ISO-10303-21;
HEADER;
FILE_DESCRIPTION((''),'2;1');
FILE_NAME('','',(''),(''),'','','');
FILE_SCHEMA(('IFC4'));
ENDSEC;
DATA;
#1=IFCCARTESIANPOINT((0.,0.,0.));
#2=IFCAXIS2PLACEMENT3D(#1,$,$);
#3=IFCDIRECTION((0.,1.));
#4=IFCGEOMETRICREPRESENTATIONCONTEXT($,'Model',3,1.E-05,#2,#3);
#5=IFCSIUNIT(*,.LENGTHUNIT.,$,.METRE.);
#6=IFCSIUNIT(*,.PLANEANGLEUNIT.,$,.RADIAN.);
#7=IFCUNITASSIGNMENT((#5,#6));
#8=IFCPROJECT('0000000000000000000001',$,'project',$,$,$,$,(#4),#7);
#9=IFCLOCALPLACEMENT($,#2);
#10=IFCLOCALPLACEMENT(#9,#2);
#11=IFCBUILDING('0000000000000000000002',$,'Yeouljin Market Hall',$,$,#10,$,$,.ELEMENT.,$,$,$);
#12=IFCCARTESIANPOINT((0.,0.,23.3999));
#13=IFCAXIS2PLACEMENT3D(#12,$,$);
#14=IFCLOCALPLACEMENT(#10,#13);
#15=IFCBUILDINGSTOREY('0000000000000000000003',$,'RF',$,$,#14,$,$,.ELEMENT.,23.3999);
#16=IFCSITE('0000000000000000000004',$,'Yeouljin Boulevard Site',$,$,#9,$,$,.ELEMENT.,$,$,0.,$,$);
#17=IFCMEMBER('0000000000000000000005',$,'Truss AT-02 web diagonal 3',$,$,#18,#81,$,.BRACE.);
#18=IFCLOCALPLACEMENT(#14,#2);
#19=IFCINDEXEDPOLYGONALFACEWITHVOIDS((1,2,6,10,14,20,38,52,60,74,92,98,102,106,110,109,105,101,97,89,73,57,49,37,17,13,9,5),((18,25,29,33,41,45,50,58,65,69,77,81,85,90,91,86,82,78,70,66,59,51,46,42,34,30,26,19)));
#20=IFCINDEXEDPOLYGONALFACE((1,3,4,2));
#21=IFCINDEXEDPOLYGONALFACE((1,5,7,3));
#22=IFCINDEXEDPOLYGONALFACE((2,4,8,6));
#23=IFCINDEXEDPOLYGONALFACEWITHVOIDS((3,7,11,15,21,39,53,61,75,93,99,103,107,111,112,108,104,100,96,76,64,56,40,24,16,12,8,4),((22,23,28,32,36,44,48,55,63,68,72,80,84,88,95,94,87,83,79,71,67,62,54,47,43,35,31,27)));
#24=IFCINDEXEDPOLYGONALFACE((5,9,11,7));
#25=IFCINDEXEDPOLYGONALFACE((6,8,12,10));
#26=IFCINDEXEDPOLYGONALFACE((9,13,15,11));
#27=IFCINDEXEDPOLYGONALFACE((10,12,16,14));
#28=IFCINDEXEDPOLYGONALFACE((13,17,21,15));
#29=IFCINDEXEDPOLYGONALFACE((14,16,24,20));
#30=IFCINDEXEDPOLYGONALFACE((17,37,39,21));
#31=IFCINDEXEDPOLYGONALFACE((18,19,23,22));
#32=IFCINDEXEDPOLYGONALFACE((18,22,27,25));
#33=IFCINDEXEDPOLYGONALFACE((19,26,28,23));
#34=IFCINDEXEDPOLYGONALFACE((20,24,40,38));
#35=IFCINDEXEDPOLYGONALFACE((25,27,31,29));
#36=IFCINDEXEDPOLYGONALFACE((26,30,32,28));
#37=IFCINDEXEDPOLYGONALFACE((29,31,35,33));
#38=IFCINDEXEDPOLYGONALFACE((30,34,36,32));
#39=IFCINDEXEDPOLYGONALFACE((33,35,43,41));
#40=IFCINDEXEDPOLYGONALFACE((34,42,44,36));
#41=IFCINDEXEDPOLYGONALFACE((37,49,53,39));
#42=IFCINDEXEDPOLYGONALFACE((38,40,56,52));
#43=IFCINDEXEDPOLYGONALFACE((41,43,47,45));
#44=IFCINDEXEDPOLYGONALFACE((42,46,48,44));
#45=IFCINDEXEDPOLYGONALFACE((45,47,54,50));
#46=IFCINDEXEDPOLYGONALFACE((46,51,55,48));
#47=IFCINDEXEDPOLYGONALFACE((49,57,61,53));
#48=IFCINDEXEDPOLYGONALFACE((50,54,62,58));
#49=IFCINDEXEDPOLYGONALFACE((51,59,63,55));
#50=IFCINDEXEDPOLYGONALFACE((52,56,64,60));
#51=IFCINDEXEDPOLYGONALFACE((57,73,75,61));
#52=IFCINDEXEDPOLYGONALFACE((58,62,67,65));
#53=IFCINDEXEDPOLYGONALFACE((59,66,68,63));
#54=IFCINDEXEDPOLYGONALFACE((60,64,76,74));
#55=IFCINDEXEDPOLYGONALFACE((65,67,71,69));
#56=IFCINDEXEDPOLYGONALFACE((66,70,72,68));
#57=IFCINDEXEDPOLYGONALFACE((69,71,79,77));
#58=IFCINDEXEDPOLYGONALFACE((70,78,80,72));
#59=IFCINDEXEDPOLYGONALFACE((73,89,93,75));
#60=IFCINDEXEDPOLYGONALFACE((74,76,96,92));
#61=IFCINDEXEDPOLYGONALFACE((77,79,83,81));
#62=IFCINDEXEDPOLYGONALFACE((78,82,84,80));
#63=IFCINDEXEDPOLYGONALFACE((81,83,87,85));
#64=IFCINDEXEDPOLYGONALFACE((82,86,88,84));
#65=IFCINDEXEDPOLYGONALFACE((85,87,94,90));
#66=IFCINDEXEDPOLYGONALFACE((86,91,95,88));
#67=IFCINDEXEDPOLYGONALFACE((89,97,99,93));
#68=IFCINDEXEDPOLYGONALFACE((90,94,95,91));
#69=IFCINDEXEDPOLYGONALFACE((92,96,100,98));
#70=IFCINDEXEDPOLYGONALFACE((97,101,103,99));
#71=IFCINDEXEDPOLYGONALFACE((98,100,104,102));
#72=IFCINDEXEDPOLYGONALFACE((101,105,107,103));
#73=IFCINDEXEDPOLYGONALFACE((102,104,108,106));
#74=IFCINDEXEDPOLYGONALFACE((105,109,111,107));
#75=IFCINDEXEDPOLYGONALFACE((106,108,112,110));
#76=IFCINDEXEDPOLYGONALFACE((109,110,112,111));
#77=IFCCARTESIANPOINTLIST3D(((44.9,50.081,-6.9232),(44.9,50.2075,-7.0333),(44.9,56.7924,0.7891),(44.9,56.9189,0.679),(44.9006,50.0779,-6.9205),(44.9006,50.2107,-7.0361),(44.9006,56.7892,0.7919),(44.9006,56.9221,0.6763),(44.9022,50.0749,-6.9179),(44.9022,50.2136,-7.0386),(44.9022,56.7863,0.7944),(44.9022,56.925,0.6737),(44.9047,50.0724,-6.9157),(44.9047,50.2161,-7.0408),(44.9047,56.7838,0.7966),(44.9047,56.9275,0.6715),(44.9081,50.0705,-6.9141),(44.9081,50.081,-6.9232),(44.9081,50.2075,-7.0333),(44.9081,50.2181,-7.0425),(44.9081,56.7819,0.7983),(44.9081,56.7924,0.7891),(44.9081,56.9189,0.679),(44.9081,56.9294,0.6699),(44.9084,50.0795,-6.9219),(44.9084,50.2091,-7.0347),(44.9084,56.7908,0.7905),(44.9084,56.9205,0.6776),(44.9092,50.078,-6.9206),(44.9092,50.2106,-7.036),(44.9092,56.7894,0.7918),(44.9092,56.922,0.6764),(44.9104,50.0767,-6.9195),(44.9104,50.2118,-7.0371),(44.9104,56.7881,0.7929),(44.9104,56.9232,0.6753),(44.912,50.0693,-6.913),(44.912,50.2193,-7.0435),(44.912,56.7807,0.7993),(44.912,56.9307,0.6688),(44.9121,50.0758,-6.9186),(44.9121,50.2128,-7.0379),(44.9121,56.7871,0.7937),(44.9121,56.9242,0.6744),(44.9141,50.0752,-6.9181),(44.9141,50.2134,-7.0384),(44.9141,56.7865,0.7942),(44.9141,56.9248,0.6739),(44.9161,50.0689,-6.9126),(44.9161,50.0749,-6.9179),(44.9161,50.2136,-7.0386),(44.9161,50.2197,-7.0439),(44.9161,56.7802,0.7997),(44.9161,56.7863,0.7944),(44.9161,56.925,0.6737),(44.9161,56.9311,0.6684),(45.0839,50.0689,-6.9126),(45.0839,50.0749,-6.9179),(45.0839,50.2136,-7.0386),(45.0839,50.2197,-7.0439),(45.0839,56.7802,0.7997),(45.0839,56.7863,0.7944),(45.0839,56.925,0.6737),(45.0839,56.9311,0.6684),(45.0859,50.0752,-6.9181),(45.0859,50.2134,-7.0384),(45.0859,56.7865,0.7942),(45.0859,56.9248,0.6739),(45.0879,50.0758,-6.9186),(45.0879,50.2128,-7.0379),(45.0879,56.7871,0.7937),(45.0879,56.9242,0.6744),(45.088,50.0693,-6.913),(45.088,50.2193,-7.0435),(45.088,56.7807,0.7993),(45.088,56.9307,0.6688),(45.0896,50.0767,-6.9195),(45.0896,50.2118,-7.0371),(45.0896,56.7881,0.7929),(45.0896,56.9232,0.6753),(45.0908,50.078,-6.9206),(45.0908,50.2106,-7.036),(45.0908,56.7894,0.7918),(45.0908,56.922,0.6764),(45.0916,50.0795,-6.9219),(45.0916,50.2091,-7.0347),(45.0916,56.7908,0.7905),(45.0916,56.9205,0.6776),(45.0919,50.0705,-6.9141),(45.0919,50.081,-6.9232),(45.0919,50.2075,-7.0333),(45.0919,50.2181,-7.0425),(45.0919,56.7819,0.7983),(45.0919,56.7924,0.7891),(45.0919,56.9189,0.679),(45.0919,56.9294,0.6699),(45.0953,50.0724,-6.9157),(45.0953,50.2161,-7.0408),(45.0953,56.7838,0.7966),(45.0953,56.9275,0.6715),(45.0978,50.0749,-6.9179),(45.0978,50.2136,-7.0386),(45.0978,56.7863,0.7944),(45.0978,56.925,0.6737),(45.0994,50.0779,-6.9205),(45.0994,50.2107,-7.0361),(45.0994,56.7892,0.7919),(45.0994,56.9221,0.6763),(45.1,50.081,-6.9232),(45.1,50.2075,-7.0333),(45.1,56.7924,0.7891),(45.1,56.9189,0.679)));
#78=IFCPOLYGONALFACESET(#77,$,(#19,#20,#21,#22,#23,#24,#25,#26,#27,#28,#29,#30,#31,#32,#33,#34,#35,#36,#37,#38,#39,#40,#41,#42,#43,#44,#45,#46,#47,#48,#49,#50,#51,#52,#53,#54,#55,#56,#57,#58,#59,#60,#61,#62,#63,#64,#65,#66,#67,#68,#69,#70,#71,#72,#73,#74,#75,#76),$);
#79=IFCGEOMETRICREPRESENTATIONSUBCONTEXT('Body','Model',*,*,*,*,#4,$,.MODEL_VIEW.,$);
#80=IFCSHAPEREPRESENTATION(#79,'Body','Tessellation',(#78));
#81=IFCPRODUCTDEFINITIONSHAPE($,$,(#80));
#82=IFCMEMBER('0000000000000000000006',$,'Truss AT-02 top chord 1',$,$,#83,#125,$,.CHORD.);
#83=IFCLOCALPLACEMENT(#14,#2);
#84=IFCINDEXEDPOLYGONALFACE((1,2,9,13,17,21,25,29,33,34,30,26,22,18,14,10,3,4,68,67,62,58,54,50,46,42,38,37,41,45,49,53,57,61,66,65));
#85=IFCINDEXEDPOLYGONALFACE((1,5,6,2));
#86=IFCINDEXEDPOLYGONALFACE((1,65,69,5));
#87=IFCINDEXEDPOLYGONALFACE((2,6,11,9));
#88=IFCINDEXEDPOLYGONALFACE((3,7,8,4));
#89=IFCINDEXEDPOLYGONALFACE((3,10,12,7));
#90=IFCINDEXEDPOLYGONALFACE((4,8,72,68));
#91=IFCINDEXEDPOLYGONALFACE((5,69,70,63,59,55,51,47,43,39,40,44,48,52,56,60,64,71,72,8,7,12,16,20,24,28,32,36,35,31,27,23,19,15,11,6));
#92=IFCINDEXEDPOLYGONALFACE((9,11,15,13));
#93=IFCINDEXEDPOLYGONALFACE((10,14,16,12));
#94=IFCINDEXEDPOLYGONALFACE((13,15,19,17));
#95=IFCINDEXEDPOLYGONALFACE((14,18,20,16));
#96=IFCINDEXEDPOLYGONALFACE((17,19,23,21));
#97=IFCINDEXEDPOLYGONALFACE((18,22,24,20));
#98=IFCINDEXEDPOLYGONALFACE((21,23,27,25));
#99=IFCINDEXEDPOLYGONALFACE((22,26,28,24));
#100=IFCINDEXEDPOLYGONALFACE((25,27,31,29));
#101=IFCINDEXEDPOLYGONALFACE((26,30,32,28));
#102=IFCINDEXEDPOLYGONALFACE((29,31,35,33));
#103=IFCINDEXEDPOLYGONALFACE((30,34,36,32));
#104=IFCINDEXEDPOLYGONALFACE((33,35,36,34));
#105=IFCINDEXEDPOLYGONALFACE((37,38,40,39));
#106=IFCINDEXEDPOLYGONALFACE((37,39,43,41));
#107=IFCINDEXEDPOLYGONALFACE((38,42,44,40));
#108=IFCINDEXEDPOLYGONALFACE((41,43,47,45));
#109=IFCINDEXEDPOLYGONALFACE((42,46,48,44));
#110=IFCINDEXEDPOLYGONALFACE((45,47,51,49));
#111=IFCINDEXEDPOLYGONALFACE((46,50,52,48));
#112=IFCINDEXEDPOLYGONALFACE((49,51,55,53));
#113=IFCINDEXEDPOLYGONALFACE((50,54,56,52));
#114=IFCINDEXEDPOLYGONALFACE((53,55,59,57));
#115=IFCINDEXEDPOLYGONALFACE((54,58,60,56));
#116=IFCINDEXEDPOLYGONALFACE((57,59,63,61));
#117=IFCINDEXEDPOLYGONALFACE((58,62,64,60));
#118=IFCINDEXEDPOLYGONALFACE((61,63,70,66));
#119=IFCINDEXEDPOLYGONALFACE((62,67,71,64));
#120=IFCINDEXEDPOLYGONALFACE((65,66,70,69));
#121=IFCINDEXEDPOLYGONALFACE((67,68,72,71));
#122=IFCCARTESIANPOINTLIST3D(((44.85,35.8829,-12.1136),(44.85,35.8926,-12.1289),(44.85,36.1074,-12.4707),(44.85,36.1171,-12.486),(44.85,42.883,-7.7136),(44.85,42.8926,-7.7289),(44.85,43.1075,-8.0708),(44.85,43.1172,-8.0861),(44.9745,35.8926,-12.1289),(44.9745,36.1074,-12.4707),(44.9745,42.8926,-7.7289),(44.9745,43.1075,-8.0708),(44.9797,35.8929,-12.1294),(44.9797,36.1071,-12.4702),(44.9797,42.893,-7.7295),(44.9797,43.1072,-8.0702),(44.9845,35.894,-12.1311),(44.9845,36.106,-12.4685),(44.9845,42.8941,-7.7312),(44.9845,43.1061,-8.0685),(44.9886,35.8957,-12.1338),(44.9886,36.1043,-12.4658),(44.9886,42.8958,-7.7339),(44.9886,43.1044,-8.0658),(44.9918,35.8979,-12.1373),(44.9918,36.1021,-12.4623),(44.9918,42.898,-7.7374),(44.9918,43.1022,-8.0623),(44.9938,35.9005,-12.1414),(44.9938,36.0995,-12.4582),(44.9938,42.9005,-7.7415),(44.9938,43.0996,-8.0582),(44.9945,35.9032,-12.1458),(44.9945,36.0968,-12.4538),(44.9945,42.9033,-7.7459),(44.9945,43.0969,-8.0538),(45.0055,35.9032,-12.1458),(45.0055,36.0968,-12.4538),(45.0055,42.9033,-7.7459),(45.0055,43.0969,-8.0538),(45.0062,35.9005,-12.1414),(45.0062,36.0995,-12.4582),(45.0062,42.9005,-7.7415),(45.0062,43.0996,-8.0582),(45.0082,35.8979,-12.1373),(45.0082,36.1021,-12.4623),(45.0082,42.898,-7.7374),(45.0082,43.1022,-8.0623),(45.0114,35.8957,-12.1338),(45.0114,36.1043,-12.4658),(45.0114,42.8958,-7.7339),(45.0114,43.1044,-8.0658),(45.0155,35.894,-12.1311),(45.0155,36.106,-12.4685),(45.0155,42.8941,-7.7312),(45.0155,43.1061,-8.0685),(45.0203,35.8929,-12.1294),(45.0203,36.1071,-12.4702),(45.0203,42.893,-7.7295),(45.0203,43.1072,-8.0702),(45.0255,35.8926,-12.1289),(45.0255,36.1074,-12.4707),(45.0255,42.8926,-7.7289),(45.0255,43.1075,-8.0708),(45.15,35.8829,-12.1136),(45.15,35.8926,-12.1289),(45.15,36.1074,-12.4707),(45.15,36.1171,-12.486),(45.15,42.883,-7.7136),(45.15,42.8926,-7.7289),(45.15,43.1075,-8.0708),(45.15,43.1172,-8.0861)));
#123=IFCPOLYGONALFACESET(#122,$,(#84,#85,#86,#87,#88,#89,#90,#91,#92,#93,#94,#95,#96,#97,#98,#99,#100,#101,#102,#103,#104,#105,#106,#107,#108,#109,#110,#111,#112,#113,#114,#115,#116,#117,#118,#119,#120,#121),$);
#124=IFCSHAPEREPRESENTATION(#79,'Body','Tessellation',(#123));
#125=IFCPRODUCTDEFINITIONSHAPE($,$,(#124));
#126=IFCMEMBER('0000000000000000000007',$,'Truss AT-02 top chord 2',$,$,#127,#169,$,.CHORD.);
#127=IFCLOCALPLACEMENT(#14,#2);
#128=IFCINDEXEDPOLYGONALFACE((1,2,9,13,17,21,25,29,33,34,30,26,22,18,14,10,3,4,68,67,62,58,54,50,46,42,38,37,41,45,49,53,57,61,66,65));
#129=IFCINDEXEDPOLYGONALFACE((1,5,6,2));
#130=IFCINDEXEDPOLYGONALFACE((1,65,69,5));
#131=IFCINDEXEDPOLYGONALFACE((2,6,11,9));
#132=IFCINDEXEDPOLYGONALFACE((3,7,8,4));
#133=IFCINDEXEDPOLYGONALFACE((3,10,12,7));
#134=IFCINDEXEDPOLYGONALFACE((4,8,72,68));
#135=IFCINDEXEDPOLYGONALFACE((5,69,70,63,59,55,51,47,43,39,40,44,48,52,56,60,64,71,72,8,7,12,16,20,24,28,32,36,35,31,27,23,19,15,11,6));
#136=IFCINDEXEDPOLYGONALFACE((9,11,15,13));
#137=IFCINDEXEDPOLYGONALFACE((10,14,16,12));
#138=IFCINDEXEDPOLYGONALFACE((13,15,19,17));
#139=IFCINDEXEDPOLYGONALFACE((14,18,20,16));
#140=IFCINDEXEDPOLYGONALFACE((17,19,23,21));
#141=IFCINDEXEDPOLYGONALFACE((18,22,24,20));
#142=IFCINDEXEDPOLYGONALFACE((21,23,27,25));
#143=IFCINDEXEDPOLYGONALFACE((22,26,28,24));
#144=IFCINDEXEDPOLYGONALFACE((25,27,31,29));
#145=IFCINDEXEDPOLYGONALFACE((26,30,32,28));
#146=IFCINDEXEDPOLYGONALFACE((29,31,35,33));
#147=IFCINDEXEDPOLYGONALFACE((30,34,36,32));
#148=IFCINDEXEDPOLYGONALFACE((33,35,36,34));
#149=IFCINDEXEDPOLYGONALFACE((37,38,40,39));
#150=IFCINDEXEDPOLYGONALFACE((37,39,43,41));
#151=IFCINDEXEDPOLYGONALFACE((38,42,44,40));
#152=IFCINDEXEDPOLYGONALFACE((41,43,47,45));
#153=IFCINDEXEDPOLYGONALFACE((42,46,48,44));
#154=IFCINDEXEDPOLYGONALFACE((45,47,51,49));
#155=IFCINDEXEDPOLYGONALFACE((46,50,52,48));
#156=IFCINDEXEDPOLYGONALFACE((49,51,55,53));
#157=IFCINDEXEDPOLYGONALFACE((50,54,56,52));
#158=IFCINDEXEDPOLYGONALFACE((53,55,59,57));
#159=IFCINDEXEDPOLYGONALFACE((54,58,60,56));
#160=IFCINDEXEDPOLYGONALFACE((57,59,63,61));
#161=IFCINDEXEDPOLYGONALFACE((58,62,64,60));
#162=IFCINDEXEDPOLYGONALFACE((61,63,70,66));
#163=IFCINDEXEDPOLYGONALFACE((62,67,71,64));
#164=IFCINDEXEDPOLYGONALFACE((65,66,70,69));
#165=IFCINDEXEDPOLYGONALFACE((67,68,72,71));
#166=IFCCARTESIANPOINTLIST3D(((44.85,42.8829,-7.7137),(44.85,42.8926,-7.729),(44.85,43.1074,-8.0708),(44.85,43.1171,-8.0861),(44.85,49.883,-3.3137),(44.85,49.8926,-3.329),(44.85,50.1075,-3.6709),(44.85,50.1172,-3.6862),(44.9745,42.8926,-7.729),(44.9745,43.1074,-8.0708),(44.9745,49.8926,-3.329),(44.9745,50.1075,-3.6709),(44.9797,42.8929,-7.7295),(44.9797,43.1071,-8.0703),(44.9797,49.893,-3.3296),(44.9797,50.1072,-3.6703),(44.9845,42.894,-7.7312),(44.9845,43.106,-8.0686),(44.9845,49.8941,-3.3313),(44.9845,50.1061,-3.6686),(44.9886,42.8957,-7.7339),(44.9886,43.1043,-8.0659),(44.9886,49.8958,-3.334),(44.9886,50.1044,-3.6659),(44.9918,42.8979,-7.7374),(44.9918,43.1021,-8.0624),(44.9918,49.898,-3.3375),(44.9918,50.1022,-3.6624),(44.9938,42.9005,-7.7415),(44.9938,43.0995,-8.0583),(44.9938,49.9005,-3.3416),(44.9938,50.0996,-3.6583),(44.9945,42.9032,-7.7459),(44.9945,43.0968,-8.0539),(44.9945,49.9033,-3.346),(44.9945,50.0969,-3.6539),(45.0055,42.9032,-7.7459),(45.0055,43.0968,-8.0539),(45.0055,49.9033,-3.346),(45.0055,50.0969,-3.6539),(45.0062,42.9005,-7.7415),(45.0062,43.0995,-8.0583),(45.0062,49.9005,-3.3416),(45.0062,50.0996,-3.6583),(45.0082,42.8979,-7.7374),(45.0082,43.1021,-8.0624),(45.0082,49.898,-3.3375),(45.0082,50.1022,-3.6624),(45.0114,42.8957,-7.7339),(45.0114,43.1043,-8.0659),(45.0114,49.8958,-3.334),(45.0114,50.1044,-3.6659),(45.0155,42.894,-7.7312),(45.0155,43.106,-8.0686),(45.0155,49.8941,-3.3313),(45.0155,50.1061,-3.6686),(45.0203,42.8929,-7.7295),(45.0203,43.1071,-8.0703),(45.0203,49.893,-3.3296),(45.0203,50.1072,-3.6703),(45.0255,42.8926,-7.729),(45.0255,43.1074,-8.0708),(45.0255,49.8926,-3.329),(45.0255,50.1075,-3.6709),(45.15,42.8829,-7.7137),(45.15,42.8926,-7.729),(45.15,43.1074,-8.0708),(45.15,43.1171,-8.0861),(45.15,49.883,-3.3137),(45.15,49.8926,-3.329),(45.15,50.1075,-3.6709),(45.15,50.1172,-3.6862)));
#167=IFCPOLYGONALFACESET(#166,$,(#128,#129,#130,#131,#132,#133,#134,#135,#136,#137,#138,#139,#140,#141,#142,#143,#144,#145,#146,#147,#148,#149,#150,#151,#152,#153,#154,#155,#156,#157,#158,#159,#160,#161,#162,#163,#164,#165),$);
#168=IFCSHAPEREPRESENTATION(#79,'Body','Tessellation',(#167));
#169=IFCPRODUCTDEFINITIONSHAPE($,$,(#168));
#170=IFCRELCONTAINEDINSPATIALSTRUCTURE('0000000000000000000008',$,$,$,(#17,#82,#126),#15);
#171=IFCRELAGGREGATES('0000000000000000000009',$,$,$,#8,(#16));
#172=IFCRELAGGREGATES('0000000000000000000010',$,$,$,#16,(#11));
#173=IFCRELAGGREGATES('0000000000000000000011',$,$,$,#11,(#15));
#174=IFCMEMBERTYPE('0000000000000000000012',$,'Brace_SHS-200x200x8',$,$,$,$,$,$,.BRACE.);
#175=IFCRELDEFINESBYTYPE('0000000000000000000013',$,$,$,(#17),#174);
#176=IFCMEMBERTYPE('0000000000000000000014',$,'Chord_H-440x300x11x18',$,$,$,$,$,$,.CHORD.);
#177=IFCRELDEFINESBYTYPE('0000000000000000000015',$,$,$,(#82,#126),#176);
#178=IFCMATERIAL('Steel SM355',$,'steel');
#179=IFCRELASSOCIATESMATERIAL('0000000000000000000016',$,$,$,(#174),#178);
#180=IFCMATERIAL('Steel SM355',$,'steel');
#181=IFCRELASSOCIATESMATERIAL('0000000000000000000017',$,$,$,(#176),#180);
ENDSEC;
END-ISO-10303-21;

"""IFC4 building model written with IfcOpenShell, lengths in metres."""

from ifc_helpers import new_model, si_unit, direction, frame, origin, origin_2d, place, context, subcontext, project, spatial, hollow_rectangle, i_section, extrude, material, material_profile, profile_set, type_object, element, save


model = new_model("IFC4")

# Units and contexts
model_context = context("Model", 3, precision=1e-05, world=origin(), true_north=direction((0.0, 1.0)))
body_context = subcontext(model_context, "Body", "Model", "MODEL_VIEW")
ifc_project = project(units=[si_unit("LENGTHUNIT", "METRE"), si_unit("PLANEANGLEUNIT", "RADIAN")], contexts=[model_context])

# Site, building, storey
site_placement = place(None, origin())
site = spatial("IfcSite", under=ifc_project, at=site_placement, Name="Yeouljin Boulevard Site", CompositionType="ELEMENT", RefElevation=0.0)
building_placement = place(site_placement, origin())
building = spatial("IfcBuilding", under=site, at=building_placement, Name="Yeouljin Market Hall", CompositionType="ELEMENT")
storey_placement = place(building_placement, frame((0.0, 0.0, 23.3999)))
storey = spatial("IfcBuildingStorey", under=building, at=storey_placement, Name="RF", CompositionType="ELEMENT", Elevation=23.3999)

# Members
ifc_material_1 = material(Name="Steel SM355", Category="steel")
ifc_material_profile_1 = material_profile(ifc_material_1, hollow_rectangle(XDim=0.2, YDim=0.2, WallThickness=0.0081, InnerFilletRadius=0.0081, OuterFilletRadius=0.0161, at=origin_2d()), Name="SHS-200x200x8")
ifc_profile_set_1 = profile_set([ifc_material_profile_1], Name="Steel SM355")
member_type_1 = type_object("IfcMemberType", Name="Brace_SHS-200x200x8", PredefinedType="BRACE", material=ifc_profile_set_1)
member_1_placement = place(storey_placement, frame((45.0, 50.1443, -6.9783), z_axis=(0.0, 0.656457, 0.754364), x_axis=(-1.0, 0.0, 0.0)))
element("IfcMember", 1, at=member_1_placement, inside=storey, type_object=member_type_1, Name="Truss AT-02 web diagonal 3", PredefinedType="BRACE", context=body_context, shape_type="SweptSolid", body=[
    extrude(hollow_rectangle(XDim=0.2, YDim=0.2, WallThickness=0.0081, InnerFilletRadius=0.0081, OuterFilletRadius=0.0161, at=origin_2d()), origin(), (0.0, 0.0, 1.0), 10.2236),
])
ifc_material_2 = material(Name="Steel SM355", Category="steel")
ifc_material_profile_2 = material_profile(ifc_material_2, i_section(OverallWidth=0.3, OverallDepth=0.4399, WebThickness=0.011, FlangeThickness=0.0181, FilletRadius=0.02, at=origin_2d()), Name="H-440x300x11x18")
ifc_profile_set_2 = profile_set([ifc_material_profile_2], Name="Steel SM355")
member_type_2 = type_object("IfcMemberType", Name="Chord_H-440x300x11x18", PredefinedType="CHORD", material=ifc_profile_set_2)
for number, where, z_axis, x_axis, name in (
    (2, (45.0, 36.0, -12.2998), (0.0, 0.846642, 0.532163), (-1.0, 0.0, 0.0), "Truss AT-02 top chord 1"),
    (3, (45.0, 43.0, -7.8999), (0.0, 0.846642, 0.532163), (-1.0, 0.0, 0.0), "Truss AT-02 top chord 2"),
):
    element("IfcMember", number, at=place(storey_placement, frame(where, z_axis=z_axis, x_axis=x_axis)), inside=storey, type_object=member_type_2, Name=name, PredefinedType="CHORD", context=body_context, shape_type="SweptSolid", body=[
        extrude(i_section(OverallWidth=0.3, OverallDepth=0.4399, WebThickness=0.011, FlangeThickness=0.0181, FilletRadius=0.02, at=origin_2d()), origin(), (0.0, 0.0, 1.0), 8.2681),
    ])

save(model, "model.ifc")
